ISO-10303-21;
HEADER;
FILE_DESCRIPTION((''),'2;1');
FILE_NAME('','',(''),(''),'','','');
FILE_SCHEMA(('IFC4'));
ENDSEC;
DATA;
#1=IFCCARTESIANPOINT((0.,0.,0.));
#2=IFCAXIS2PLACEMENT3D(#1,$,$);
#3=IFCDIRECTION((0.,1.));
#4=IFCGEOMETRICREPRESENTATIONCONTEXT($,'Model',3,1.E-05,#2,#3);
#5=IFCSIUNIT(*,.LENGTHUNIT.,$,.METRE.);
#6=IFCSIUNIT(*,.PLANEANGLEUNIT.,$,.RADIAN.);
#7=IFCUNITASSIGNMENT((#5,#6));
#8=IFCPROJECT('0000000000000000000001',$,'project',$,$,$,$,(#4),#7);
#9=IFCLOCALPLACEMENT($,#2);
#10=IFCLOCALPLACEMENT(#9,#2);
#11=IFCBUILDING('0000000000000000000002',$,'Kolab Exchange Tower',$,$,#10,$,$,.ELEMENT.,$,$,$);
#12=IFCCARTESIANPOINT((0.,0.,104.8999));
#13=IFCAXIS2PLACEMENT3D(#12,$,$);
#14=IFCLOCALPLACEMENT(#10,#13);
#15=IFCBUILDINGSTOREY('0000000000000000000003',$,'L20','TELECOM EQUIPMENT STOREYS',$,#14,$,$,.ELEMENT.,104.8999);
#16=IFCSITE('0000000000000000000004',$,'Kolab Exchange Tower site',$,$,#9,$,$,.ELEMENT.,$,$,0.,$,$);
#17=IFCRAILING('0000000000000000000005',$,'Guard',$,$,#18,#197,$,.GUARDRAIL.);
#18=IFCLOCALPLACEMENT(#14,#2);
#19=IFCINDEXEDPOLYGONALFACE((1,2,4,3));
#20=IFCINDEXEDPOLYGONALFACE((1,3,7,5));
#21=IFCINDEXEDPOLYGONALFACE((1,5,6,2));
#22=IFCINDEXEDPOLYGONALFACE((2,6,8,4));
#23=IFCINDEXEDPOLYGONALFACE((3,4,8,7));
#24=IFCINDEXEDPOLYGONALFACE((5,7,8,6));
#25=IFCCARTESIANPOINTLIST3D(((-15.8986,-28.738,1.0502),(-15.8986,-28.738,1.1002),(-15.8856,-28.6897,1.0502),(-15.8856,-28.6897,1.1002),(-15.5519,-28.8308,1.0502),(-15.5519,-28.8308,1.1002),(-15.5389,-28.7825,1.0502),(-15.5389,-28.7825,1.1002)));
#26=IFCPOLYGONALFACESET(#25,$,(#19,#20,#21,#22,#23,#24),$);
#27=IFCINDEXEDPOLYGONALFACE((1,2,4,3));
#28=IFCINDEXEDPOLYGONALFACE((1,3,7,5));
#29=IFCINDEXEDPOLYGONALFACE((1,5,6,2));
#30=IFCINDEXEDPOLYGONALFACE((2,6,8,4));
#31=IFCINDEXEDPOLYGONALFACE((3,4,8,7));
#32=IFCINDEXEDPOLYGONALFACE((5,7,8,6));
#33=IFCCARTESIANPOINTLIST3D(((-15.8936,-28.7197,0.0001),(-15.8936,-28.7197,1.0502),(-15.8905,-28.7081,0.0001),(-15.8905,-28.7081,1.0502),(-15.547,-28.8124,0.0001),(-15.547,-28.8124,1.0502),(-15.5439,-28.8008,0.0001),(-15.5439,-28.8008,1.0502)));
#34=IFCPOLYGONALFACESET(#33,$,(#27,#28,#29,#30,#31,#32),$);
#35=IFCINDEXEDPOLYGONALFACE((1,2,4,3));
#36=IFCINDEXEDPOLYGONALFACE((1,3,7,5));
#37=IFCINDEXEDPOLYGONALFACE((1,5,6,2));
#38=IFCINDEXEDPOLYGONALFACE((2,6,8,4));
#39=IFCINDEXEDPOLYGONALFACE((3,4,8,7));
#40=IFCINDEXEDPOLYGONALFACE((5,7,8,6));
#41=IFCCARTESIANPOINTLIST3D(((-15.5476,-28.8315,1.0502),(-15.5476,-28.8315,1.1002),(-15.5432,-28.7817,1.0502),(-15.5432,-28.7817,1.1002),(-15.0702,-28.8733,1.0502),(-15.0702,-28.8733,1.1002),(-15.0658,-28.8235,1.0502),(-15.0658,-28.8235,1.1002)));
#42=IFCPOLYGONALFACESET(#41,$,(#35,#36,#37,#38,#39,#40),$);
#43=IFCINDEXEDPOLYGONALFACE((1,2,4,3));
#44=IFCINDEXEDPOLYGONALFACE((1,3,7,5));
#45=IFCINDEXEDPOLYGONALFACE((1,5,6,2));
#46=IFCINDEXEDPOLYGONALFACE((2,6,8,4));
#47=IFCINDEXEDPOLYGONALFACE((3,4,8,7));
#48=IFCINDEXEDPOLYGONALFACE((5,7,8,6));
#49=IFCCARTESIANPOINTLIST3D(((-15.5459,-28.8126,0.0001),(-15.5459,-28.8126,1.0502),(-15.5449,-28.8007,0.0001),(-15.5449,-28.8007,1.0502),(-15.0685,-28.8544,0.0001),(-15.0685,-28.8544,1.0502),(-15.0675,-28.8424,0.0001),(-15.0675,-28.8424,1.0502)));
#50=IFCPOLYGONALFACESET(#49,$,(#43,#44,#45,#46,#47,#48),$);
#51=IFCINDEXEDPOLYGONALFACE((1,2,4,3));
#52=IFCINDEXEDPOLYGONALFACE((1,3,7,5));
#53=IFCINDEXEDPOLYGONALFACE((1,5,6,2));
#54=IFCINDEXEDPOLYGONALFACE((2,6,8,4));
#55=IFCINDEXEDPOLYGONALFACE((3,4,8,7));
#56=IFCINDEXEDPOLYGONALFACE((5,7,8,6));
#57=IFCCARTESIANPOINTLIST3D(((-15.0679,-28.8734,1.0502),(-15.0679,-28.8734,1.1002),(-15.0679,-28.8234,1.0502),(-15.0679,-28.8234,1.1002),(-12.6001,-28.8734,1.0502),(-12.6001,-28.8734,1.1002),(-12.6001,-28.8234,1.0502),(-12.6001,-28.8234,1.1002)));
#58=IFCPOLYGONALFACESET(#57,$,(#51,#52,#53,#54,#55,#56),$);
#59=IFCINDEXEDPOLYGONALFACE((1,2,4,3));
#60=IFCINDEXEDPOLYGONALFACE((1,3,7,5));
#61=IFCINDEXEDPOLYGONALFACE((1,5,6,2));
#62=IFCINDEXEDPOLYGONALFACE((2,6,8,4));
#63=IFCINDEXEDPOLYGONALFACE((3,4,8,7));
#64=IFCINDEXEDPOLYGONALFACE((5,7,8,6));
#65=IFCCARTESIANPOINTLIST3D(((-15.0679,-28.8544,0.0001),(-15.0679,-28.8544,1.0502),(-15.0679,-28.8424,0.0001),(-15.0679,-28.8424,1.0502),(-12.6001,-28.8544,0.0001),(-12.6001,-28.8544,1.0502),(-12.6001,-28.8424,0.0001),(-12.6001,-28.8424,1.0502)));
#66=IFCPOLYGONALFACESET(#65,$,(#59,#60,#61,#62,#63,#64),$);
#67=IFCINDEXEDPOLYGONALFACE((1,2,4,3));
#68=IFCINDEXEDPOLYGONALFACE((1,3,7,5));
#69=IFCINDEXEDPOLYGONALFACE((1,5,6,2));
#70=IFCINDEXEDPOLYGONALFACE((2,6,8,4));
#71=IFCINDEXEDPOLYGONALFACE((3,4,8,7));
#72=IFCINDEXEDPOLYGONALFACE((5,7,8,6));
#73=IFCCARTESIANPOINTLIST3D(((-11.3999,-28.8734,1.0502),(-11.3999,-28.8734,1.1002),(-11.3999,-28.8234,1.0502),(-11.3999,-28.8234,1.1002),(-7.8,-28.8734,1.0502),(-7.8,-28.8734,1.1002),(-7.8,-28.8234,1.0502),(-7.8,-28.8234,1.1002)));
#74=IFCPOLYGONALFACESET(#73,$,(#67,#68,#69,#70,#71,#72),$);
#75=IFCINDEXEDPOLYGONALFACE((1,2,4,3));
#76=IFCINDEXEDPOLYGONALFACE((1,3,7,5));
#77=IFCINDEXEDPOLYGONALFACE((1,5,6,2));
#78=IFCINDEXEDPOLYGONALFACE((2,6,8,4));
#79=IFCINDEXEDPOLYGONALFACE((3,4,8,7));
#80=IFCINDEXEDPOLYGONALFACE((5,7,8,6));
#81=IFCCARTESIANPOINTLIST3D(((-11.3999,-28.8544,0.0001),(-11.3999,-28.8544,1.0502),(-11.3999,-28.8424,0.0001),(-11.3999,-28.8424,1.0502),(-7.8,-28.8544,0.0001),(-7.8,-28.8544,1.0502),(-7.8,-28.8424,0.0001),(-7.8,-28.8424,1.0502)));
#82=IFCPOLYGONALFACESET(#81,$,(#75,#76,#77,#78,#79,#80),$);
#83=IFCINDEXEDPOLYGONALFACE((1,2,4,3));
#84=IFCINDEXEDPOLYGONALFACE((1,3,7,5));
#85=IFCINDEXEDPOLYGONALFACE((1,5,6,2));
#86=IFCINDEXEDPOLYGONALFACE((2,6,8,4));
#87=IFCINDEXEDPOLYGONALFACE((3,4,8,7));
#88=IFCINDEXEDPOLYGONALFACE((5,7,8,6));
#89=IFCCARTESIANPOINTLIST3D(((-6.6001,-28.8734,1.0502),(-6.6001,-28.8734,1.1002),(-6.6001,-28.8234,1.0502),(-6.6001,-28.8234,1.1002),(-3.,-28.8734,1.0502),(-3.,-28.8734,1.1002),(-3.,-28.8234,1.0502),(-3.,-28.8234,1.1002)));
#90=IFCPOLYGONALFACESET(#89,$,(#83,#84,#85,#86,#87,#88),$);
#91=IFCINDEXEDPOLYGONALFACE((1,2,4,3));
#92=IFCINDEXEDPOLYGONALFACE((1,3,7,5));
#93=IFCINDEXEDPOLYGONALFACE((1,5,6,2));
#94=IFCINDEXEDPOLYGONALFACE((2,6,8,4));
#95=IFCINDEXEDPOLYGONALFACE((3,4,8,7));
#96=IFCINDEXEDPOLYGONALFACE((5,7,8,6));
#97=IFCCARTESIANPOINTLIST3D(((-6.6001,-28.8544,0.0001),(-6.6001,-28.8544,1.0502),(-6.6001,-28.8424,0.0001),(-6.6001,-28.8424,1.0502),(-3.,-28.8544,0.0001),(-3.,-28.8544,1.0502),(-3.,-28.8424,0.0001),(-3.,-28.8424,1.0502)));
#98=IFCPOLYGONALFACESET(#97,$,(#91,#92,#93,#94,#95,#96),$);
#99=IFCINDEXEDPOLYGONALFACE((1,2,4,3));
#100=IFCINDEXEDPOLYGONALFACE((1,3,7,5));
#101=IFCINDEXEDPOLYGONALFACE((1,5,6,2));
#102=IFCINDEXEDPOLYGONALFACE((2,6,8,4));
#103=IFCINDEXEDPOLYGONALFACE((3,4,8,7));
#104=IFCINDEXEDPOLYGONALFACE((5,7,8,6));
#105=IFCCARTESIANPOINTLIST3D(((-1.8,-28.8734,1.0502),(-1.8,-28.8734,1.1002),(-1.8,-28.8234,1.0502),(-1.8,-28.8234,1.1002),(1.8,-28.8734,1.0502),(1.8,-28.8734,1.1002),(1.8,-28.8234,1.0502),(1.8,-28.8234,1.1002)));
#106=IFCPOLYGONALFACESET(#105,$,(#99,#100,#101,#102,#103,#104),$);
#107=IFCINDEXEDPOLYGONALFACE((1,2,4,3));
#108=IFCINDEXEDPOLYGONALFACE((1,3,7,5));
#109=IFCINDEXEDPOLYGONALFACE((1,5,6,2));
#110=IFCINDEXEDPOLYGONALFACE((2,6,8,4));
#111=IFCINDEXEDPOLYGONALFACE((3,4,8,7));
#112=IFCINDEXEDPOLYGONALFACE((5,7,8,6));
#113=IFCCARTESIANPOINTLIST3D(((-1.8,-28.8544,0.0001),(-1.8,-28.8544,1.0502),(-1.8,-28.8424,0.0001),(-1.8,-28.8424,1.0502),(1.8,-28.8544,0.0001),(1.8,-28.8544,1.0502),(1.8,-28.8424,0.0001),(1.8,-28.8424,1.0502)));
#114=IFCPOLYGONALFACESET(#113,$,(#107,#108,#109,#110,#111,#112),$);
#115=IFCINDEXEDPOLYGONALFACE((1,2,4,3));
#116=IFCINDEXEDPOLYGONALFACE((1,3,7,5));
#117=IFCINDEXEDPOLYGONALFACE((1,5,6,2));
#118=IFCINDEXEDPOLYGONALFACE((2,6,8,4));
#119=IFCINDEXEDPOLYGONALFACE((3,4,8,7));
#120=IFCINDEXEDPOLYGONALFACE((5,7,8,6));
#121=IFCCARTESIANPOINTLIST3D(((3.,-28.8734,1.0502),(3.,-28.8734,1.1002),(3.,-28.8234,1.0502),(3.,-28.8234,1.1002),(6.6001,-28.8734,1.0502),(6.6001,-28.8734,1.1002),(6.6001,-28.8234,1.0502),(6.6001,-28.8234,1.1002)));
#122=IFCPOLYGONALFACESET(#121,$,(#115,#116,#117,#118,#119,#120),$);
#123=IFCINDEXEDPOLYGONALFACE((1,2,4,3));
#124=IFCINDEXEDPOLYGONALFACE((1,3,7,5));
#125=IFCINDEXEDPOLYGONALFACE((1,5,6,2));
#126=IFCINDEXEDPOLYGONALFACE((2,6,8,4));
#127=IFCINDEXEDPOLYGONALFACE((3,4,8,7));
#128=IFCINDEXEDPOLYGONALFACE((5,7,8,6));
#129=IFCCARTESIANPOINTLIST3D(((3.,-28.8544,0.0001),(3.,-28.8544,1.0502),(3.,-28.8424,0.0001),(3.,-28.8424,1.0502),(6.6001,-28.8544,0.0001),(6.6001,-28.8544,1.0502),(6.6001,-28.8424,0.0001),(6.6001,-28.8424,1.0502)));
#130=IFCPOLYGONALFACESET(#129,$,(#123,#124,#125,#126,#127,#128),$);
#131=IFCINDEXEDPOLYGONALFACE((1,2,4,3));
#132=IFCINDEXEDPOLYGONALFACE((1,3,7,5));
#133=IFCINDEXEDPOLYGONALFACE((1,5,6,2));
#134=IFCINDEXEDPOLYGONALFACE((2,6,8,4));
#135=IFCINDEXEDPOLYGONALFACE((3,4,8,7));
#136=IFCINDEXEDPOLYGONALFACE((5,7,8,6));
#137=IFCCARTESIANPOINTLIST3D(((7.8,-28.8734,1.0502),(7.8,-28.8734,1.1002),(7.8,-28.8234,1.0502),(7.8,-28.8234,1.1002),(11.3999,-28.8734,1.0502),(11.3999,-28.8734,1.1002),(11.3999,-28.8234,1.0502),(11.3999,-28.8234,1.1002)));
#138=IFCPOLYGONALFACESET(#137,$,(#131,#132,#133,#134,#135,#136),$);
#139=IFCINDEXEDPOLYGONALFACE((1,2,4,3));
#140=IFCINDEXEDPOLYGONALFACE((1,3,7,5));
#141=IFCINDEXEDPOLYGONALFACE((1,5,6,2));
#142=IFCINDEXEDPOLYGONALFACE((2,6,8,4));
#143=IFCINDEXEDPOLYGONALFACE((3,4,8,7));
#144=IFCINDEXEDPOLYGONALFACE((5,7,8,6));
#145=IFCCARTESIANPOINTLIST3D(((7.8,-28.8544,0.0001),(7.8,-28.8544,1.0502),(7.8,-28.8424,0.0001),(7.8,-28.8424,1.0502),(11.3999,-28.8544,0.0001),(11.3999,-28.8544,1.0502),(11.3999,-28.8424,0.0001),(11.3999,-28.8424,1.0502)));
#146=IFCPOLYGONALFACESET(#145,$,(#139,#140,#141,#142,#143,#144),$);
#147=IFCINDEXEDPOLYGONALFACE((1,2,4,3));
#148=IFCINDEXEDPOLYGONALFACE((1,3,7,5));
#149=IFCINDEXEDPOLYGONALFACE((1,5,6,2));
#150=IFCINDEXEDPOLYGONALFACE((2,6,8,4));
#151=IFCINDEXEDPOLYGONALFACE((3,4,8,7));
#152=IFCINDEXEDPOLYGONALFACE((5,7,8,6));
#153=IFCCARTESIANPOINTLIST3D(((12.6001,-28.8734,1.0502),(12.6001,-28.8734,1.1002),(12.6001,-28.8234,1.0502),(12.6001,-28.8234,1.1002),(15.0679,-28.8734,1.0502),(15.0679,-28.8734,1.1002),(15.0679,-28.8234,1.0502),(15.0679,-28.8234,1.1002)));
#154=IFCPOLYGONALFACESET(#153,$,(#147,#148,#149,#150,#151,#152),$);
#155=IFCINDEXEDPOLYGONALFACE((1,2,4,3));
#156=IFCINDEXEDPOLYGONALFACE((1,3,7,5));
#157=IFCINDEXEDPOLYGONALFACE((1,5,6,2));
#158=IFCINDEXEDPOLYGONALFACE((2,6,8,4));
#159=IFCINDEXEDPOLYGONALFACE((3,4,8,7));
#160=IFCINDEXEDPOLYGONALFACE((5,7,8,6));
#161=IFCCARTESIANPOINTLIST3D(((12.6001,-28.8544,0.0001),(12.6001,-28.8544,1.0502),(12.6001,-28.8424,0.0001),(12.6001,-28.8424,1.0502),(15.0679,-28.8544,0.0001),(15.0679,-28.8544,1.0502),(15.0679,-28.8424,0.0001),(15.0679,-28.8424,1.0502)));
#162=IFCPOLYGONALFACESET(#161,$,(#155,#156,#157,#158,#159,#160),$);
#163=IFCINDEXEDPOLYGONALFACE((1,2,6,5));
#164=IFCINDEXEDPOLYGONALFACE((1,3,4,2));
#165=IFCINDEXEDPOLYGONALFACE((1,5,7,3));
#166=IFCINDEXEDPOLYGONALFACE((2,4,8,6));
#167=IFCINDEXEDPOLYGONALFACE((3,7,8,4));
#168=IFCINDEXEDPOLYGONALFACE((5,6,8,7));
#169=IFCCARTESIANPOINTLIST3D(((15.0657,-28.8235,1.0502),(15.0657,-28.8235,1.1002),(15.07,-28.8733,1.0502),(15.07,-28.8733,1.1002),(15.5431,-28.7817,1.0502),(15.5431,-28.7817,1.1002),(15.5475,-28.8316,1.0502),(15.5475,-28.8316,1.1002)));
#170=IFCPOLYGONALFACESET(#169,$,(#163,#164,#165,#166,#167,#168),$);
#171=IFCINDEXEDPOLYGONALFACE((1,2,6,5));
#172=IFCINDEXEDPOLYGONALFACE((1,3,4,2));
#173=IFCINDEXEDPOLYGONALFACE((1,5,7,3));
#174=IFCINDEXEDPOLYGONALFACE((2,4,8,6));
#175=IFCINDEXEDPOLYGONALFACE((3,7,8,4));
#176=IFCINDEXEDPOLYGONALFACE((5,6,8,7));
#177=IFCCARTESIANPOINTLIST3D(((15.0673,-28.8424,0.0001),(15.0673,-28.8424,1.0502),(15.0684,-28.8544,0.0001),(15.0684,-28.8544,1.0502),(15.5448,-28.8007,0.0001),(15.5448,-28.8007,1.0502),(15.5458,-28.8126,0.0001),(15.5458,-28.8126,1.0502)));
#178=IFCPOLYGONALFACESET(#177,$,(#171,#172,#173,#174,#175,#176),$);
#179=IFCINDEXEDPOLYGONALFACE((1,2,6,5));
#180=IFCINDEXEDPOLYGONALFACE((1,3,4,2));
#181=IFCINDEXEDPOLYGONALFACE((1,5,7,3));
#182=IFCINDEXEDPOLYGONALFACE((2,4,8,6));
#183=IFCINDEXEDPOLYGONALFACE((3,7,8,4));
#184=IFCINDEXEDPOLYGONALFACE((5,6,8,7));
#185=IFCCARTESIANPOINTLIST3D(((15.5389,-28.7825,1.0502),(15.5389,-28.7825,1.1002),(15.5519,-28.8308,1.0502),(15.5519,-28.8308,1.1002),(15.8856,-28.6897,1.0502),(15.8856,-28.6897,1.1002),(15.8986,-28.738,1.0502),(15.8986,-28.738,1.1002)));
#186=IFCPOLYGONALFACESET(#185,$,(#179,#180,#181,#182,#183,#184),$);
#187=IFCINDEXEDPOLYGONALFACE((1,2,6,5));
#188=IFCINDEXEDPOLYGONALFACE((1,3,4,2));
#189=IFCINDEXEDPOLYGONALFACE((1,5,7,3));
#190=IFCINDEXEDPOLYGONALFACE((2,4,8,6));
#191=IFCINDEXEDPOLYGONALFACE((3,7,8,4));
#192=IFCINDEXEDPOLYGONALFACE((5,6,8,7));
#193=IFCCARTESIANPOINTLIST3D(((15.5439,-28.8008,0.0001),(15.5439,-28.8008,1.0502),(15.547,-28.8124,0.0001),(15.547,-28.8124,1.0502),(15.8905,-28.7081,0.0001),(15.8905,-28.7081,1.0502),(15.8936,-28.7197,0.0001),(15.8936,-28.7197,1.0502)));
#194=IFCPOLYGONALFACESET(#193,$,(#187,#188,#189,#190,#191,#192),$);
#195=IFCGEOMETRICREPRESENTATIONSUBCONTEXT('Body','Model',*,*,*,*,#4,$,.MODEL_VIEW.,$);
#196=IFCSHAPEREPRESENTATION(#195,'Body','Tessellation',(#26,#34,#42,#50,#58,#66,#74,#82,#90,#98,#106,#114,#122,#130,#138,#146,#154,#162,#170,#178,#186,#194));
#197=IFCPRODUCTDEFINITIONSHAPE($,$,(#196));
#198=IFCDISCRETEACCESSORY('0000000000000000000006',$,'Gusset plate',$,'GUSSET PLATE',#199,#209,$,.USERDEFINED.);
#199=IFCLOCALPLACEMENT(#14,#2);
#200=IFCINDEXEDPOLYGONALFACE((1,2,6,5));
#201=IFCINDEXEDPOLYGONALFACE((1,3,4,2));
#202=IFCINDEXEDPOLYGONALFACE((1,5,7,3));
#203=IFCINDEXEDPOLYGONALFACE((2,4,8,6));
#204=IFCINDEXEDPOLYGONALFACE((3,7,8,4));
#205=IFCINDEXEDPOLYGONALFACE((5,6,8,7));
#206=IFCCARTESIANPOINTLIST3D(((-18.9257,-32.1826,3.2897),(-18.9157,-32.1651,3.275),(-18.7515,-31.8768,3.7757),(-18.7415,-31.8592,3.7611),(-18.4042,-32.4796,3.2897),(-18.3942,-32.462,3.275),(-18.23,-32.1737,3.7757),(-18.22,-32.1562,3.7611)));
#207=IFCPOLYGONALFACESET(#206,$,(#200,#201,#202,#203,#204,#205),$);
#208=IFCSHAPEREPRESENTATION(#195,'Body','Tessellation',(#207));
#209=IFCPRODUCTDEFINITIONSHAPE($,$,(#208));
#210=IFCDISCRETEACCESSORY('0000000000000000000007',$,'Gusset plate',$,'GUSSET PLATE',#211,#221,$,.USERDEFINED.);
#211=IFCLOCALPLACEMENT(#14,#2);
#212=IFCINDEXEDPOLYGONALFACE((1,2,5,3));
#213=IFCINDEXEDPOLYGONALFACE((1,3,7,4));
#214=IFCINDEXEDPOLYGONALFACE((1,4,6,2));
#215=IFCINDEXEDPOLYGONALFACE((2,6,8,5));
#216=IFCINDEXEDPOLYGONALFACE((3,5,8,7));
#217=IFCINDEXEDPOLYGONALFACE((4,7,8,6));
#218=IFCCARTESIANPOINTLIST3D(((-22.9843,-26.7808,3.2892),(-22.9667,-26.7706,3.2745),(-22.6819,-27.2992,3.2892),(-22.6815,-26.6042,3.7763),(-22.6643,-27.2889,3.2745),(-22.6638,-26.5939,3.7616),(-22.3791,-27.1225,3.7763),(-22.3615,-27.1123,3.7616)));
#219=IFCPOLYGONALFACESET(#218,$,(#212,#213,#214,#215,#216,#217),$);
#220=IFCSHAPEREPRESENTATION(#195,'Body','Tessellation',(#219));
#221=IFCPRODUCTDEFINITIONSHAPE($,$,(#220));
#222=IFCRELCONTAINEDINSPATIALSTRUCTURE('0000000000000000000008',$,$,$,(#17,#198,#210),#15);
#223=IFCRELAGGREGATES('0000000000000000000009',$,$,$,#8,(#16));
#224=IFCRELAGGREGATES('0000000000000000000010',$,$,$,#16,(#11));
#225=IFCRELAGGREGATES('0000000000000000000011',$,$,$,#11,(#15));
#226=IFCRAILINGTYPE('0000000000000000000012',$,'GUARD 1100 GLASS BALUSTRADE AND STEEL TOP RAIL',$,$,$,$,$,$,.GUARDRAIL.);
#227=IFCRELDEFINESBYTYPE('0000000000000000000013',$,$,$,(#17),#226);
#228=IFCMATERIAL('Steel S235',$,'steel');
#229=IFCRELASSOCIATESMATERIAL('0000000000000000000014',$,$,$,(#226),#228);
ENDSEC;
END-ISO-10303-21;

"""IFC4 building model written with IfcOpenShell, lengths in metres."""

from ifc_helpers import new_model, si_unit, direction, frame, frame_2d, origin, origin_2d, place, context, subcontext, project, spatial, rectangle, extrude, material, type_object, element, save


model = new_model("IFC4")

# Units and contexts
model_context = context("Model", 3, precision=1e-05, world=origin(), true_north=direction((0.0, 1.0)))
body_context = subcontext(model_context, "Body", "Model", "MODEL_VIEW")
ifc_project = project(units=[si_unit("LENGTHUNIT", "METRE"), si_unit("PLANEANGLEUNIT", "RADIAN")], contexts=[model_context])

# Site, building, storey
site_placement = place(None, origin())
site = spatial("IfcSite", under=ifc_project, at=site_placement, Name="Kolab Exchange Tower site", CompositionType="ELEMENT", RefElevation=0.0)
building_placement = place(site_placement, origin())
building = spatial("IfcBuilding", under=site, at=building_placement, Name="Kolab Exchange Tower", CompositionType="ELEMENT")
storey_placement = place(building_placement, frame((0.0, 0.0, 104.8999)))
storey = spatial("IfcBuildingStorey", under=building, at=storey_placement, Name="L20", Description="TELECOM EQUIPMENT STOREYS", CompositionType="ELEMENT", Elevation=104.8999)

# Railing
ifc_material_1 = material(Name="Steel S235", Category="steel")
railing_type = type_object("IfcRailingType", Name="GUARD 1100 GLASS BALUSTRADE AND STEEL TOP RAIL", PredefinedType="GUARDRAIL", material=ifc_material_1)
railing_placement = place(storey_placement, frame((-15.8921, -28.7139, 0.0)))
element("IfcRailing", 1, at=railing_placement, inside=storey, type_object=railing_type, Name="Guard", PredefinedType="GUARDRAIL", context=body_context, shape_type="SweptSolid", body=[
    extrude(rectangle(XDim=0.05, YDim=0.05, at=origin_2d()), frame((0.0, 0.0, 1.0752), z_axis=(0.966009, -0.258509, 0.0), x_axis=(0.258509, 0.966009, 0.0)), (0.0, 0.0, 1.0), 0.3589),
    extrude(rectangle(XDim=0.012, YDim=1.0501, at=frame_2d((0.0, 0.5251))), frame((0.0, 0.0, 0.0), z_axis=(0.966009, -0.258509, 0.0), x_axis=(0.258509, 0.966009, 0.0)), (0.0, 0.0, 1.0), 0.3589),
    extrude(rectangle(XDim=0.05, YDim=0.05, at=origin_2d()), frame((0.3467, -0.0928, 1.0752), z_axis=(0.9962, -0.087091, 0.0), x_axis=(0.087091, 0.9962, 0.0)), (0.0, 0.0, 1.0), 0.4792),
    extrude(rectangle(XDim=0.012, YDim=1.0501, at=frame_2d((0.0, 0.5251))), frame((0.3467, -0.0928, 0.0), z_axis=(0.9962, -0.087091, 0.0), x_axis=(0.087091, 0.9962, 0.0)), (0.0, 0.0, 1.0), 0.4792),
    extrude(rectangle(XDim=0.05, YDim=0.05, at=origin_2d()), frame((0.8242, -0.1345, 1.0752), z_axis=(1.0, 0.0, 0.0), x_axis=(0.0, 1.0, 0.0)), (0.0, 0.0, 1.0), 2.4678),
    extrude(rectangle(XDim=0.012, YDim=1.0501, at=frame_2d((0.0, 0.5251))), frame((0.8242, -0.1345, 0.0), z_axis=(1.0, 0.0, 0.0), x_axis=(0.0, 1.0, 0.0)), (0.0, 0.0, 1.0), 2.4678),
    extrude(rectangle(XDim=0.05, YDim=0.05, at=origin_2d()), frame((4.4922, -0.1345, 1.0752), z_axis=(1.0, 0.0, 0.0), x_axis=(0.0, 1.0, 0.0)), (0.0, 0.0, 1.0), 3.5999),
    extrude(rectangle(XDim=0.012, YDim=1.0501, at=frame_2d((0.0, 0.5251))), frame((4.4922, -0.1345, 0.0), z_axis=(1.0, 0.0, 0.0), x_axis=(0.0, 1.0, 0.0)), (0.0, 0.0, 1.0), 3.5999),
    extrude(rectangle(XDim=0.05, YDim=0.05, at=origin_2d()), frame((9.292, -0.1345, 1.0752), z_axis=(1.0, 0.0, 0.0), x_axis=(0.0, 1.0, 0.0)), (0.0, 0.0, 1.0), 3.6001),
    extrude(rectangle(XDim=0.012, YDim=1.0501, at=frame_2d((0.0, 0.5251))), frame((9.292, -0.1345, 0.0), z_axis=(1.0, 0.0, 0.0), x_axis=(0.0, 1.0, 0.0)), (0.0, 0.0, 1.0), 3.6001),
    extrude(rectangle(XDim=0.05, YDim=0.05, at=origin_2d()), frame((14.092, -0.1345, 1.0752), z_axis=(1.0, 0.0, 0.0), x_axis=(0.0, 1.0, 0.0)), (0.0, 0.0, 1.0), 3.6001),
    extrude(rectangle(XDim=0.012, YDim=1.0501, at=frame_2d((0.0, 0.5251))), frame((14.092, -0.1345, 0.0), z_axis=(1.0, 0.0, 0.0), x_axis=(0.0, 1.0, 0.0)), (0.0, 0.0, 1.0), 3.6001),
    extrude(rectangle(XDim=0.05, YDim=0.05, at=origin_2d()), frame((18.8921, -0.1345, 1.0752), z_axis=(1.0, 0.0, 0.0), x_axis=(0.0, 1.0, 0.0)), (0.0, 0.0, 1.0), 3.6001),
    extrude(rectangle(XDim=0.012, YDim=1.0501, at=frame_2d((0.0, 0.5251))), frame((18.8921, -0.1345, 0.0), z_axis=(1.0, 0.0, 0.0), x_axis=(0.0, 1.0, 0.0)), (0.0, 0.0, 1.0), 3.6001),
    extrude(rectangle(XDim=0.05, YDim=0.05, at=origin_2d()), frame((23.6921, -0.1345, 1.0752), z_axis=(1.0, 0.0, 0.0), x_axis=(0.0, 1.0, 0.0)), (0.0, 0.0, 1.0), 3.5999),
    extrude(rectangle(XDim=0.012, YDim=1.0501, at=frame_2d((0.0, 0.5251))), frame((23.6921, -0.1345, 0.0), z_axis=(1.0, 0.0, 0.0), x_axis=(0.0, 1.0, 0.0)), (0.0, 0.0, 1.0), 3.5999),
    extrude(rectangle(XDim=0.05, YDim=0.05, at=origin_2d()), frame((28.4922, -0.1345, 1.0752), z_axis=(1.0, 0.0, 0.0), x_axis=(0.0, 1.0, 0.0)), (0.0, 0.0, 1.0), 2.4678),
    extrude(rectangle(XDim=0.012, YDim=1.0501, at=frame_2d((0.0, 0.5251))), frame((28.4922, -0.1345, 0.0), z_axis=(1.0, 0.0, 0.0), x_axis=(0.0, 1.0, 0.0)), (0.0, 0.0, 1.0), 2.4678),
    extrude(rectangle(XDim=0.05, YDim=0.05, at=origin_2d()), frame((30.96, -0.1345, 1.0752), z_axis=(0.9962, 0.087091, 0.0), x_axis=(-0.087091, 0.9962, 0.0)), (0.0, 0.0, 1.0), 0.4792),
    extrude(rectangle(XDim=0.012, YDim=1.0501, at=frame_2d((0.0, 0.5251))), frame((30.96, -0.1345, 0.0), z_axis=(0.9962, 0.087091, 0.0), x_axis=(-0.087091, 0.9962, 0.0)), (0.0, 0.0, 1.0), 0.4792),
    extrude(rectangle(XDim=0.05, YDim=0.05, at=origin_2d()), frame((31.4375, -0.0928, 1.0752), z_axis=(0.966009, 0.258509, 0.0), x_axis=(-0.258509, 0.966009, 0.0)), (0.0, 0.0, 1.0), 0.3589),
    extrude(rectangle(XDim=0.012, YDim=1.0501, at=frame_2d((0.0, 0.5251))), frame((31.4375, -0.0928, 0.0), z_axis=(0.966009, 0.258509, 0.0), x_axis=(-0.258509, 0.966009, 0.0)), (0.0, 0.0, 1.0), 0.3589),
])

# Discrete accessories
discrete_accessory_1_placement = place(storey_placement, frame((-18.5679, -32.1606, 3.5181), z_axis=(-0.400788, -0.703822, 0.586518), x_axis=(0.868985, -0.494839, 0.0)))
element("IfcDiscreteAccessory", 2, at=discrete_accessory_1_placement, inside=storey, Name="Gusset plate", ObjectType="GUSSET PLATE", PredefinedType="USERDEFINED", context=body_context, shape_type="SweptSolid", body=[
    extrude(rectangle(XDim=0.6001, YDim=0.6001, at=origin_2d()), origin(), (0.0, 0.0, 1.0), 0.0249),
])
discrete_accessory_2_placement = place(storey_placement, frame((-22.6641, -26.9414, 3.5181), z_axis=(-0.701047, -0.408944, 0.584206), x_axis=(0.503871, -0.863779, 0.0)))
element("IfcDiscreteAccessory", 3, at=discrete_accessory_2_placement, inside=storey, Name="Gusset plate", ObjectType="GUSSET PLATE", PredefinedType="USERDEFINED", context=body_context, shape_type="SweptSolid", body=[
    extrude(rectangle(XDim=0.6001, YDim=0.6001, at=origin_2d()), origin(), (0.0, 0.0, 1.0), 0.0251),
])

save(model, "model.ifc")
